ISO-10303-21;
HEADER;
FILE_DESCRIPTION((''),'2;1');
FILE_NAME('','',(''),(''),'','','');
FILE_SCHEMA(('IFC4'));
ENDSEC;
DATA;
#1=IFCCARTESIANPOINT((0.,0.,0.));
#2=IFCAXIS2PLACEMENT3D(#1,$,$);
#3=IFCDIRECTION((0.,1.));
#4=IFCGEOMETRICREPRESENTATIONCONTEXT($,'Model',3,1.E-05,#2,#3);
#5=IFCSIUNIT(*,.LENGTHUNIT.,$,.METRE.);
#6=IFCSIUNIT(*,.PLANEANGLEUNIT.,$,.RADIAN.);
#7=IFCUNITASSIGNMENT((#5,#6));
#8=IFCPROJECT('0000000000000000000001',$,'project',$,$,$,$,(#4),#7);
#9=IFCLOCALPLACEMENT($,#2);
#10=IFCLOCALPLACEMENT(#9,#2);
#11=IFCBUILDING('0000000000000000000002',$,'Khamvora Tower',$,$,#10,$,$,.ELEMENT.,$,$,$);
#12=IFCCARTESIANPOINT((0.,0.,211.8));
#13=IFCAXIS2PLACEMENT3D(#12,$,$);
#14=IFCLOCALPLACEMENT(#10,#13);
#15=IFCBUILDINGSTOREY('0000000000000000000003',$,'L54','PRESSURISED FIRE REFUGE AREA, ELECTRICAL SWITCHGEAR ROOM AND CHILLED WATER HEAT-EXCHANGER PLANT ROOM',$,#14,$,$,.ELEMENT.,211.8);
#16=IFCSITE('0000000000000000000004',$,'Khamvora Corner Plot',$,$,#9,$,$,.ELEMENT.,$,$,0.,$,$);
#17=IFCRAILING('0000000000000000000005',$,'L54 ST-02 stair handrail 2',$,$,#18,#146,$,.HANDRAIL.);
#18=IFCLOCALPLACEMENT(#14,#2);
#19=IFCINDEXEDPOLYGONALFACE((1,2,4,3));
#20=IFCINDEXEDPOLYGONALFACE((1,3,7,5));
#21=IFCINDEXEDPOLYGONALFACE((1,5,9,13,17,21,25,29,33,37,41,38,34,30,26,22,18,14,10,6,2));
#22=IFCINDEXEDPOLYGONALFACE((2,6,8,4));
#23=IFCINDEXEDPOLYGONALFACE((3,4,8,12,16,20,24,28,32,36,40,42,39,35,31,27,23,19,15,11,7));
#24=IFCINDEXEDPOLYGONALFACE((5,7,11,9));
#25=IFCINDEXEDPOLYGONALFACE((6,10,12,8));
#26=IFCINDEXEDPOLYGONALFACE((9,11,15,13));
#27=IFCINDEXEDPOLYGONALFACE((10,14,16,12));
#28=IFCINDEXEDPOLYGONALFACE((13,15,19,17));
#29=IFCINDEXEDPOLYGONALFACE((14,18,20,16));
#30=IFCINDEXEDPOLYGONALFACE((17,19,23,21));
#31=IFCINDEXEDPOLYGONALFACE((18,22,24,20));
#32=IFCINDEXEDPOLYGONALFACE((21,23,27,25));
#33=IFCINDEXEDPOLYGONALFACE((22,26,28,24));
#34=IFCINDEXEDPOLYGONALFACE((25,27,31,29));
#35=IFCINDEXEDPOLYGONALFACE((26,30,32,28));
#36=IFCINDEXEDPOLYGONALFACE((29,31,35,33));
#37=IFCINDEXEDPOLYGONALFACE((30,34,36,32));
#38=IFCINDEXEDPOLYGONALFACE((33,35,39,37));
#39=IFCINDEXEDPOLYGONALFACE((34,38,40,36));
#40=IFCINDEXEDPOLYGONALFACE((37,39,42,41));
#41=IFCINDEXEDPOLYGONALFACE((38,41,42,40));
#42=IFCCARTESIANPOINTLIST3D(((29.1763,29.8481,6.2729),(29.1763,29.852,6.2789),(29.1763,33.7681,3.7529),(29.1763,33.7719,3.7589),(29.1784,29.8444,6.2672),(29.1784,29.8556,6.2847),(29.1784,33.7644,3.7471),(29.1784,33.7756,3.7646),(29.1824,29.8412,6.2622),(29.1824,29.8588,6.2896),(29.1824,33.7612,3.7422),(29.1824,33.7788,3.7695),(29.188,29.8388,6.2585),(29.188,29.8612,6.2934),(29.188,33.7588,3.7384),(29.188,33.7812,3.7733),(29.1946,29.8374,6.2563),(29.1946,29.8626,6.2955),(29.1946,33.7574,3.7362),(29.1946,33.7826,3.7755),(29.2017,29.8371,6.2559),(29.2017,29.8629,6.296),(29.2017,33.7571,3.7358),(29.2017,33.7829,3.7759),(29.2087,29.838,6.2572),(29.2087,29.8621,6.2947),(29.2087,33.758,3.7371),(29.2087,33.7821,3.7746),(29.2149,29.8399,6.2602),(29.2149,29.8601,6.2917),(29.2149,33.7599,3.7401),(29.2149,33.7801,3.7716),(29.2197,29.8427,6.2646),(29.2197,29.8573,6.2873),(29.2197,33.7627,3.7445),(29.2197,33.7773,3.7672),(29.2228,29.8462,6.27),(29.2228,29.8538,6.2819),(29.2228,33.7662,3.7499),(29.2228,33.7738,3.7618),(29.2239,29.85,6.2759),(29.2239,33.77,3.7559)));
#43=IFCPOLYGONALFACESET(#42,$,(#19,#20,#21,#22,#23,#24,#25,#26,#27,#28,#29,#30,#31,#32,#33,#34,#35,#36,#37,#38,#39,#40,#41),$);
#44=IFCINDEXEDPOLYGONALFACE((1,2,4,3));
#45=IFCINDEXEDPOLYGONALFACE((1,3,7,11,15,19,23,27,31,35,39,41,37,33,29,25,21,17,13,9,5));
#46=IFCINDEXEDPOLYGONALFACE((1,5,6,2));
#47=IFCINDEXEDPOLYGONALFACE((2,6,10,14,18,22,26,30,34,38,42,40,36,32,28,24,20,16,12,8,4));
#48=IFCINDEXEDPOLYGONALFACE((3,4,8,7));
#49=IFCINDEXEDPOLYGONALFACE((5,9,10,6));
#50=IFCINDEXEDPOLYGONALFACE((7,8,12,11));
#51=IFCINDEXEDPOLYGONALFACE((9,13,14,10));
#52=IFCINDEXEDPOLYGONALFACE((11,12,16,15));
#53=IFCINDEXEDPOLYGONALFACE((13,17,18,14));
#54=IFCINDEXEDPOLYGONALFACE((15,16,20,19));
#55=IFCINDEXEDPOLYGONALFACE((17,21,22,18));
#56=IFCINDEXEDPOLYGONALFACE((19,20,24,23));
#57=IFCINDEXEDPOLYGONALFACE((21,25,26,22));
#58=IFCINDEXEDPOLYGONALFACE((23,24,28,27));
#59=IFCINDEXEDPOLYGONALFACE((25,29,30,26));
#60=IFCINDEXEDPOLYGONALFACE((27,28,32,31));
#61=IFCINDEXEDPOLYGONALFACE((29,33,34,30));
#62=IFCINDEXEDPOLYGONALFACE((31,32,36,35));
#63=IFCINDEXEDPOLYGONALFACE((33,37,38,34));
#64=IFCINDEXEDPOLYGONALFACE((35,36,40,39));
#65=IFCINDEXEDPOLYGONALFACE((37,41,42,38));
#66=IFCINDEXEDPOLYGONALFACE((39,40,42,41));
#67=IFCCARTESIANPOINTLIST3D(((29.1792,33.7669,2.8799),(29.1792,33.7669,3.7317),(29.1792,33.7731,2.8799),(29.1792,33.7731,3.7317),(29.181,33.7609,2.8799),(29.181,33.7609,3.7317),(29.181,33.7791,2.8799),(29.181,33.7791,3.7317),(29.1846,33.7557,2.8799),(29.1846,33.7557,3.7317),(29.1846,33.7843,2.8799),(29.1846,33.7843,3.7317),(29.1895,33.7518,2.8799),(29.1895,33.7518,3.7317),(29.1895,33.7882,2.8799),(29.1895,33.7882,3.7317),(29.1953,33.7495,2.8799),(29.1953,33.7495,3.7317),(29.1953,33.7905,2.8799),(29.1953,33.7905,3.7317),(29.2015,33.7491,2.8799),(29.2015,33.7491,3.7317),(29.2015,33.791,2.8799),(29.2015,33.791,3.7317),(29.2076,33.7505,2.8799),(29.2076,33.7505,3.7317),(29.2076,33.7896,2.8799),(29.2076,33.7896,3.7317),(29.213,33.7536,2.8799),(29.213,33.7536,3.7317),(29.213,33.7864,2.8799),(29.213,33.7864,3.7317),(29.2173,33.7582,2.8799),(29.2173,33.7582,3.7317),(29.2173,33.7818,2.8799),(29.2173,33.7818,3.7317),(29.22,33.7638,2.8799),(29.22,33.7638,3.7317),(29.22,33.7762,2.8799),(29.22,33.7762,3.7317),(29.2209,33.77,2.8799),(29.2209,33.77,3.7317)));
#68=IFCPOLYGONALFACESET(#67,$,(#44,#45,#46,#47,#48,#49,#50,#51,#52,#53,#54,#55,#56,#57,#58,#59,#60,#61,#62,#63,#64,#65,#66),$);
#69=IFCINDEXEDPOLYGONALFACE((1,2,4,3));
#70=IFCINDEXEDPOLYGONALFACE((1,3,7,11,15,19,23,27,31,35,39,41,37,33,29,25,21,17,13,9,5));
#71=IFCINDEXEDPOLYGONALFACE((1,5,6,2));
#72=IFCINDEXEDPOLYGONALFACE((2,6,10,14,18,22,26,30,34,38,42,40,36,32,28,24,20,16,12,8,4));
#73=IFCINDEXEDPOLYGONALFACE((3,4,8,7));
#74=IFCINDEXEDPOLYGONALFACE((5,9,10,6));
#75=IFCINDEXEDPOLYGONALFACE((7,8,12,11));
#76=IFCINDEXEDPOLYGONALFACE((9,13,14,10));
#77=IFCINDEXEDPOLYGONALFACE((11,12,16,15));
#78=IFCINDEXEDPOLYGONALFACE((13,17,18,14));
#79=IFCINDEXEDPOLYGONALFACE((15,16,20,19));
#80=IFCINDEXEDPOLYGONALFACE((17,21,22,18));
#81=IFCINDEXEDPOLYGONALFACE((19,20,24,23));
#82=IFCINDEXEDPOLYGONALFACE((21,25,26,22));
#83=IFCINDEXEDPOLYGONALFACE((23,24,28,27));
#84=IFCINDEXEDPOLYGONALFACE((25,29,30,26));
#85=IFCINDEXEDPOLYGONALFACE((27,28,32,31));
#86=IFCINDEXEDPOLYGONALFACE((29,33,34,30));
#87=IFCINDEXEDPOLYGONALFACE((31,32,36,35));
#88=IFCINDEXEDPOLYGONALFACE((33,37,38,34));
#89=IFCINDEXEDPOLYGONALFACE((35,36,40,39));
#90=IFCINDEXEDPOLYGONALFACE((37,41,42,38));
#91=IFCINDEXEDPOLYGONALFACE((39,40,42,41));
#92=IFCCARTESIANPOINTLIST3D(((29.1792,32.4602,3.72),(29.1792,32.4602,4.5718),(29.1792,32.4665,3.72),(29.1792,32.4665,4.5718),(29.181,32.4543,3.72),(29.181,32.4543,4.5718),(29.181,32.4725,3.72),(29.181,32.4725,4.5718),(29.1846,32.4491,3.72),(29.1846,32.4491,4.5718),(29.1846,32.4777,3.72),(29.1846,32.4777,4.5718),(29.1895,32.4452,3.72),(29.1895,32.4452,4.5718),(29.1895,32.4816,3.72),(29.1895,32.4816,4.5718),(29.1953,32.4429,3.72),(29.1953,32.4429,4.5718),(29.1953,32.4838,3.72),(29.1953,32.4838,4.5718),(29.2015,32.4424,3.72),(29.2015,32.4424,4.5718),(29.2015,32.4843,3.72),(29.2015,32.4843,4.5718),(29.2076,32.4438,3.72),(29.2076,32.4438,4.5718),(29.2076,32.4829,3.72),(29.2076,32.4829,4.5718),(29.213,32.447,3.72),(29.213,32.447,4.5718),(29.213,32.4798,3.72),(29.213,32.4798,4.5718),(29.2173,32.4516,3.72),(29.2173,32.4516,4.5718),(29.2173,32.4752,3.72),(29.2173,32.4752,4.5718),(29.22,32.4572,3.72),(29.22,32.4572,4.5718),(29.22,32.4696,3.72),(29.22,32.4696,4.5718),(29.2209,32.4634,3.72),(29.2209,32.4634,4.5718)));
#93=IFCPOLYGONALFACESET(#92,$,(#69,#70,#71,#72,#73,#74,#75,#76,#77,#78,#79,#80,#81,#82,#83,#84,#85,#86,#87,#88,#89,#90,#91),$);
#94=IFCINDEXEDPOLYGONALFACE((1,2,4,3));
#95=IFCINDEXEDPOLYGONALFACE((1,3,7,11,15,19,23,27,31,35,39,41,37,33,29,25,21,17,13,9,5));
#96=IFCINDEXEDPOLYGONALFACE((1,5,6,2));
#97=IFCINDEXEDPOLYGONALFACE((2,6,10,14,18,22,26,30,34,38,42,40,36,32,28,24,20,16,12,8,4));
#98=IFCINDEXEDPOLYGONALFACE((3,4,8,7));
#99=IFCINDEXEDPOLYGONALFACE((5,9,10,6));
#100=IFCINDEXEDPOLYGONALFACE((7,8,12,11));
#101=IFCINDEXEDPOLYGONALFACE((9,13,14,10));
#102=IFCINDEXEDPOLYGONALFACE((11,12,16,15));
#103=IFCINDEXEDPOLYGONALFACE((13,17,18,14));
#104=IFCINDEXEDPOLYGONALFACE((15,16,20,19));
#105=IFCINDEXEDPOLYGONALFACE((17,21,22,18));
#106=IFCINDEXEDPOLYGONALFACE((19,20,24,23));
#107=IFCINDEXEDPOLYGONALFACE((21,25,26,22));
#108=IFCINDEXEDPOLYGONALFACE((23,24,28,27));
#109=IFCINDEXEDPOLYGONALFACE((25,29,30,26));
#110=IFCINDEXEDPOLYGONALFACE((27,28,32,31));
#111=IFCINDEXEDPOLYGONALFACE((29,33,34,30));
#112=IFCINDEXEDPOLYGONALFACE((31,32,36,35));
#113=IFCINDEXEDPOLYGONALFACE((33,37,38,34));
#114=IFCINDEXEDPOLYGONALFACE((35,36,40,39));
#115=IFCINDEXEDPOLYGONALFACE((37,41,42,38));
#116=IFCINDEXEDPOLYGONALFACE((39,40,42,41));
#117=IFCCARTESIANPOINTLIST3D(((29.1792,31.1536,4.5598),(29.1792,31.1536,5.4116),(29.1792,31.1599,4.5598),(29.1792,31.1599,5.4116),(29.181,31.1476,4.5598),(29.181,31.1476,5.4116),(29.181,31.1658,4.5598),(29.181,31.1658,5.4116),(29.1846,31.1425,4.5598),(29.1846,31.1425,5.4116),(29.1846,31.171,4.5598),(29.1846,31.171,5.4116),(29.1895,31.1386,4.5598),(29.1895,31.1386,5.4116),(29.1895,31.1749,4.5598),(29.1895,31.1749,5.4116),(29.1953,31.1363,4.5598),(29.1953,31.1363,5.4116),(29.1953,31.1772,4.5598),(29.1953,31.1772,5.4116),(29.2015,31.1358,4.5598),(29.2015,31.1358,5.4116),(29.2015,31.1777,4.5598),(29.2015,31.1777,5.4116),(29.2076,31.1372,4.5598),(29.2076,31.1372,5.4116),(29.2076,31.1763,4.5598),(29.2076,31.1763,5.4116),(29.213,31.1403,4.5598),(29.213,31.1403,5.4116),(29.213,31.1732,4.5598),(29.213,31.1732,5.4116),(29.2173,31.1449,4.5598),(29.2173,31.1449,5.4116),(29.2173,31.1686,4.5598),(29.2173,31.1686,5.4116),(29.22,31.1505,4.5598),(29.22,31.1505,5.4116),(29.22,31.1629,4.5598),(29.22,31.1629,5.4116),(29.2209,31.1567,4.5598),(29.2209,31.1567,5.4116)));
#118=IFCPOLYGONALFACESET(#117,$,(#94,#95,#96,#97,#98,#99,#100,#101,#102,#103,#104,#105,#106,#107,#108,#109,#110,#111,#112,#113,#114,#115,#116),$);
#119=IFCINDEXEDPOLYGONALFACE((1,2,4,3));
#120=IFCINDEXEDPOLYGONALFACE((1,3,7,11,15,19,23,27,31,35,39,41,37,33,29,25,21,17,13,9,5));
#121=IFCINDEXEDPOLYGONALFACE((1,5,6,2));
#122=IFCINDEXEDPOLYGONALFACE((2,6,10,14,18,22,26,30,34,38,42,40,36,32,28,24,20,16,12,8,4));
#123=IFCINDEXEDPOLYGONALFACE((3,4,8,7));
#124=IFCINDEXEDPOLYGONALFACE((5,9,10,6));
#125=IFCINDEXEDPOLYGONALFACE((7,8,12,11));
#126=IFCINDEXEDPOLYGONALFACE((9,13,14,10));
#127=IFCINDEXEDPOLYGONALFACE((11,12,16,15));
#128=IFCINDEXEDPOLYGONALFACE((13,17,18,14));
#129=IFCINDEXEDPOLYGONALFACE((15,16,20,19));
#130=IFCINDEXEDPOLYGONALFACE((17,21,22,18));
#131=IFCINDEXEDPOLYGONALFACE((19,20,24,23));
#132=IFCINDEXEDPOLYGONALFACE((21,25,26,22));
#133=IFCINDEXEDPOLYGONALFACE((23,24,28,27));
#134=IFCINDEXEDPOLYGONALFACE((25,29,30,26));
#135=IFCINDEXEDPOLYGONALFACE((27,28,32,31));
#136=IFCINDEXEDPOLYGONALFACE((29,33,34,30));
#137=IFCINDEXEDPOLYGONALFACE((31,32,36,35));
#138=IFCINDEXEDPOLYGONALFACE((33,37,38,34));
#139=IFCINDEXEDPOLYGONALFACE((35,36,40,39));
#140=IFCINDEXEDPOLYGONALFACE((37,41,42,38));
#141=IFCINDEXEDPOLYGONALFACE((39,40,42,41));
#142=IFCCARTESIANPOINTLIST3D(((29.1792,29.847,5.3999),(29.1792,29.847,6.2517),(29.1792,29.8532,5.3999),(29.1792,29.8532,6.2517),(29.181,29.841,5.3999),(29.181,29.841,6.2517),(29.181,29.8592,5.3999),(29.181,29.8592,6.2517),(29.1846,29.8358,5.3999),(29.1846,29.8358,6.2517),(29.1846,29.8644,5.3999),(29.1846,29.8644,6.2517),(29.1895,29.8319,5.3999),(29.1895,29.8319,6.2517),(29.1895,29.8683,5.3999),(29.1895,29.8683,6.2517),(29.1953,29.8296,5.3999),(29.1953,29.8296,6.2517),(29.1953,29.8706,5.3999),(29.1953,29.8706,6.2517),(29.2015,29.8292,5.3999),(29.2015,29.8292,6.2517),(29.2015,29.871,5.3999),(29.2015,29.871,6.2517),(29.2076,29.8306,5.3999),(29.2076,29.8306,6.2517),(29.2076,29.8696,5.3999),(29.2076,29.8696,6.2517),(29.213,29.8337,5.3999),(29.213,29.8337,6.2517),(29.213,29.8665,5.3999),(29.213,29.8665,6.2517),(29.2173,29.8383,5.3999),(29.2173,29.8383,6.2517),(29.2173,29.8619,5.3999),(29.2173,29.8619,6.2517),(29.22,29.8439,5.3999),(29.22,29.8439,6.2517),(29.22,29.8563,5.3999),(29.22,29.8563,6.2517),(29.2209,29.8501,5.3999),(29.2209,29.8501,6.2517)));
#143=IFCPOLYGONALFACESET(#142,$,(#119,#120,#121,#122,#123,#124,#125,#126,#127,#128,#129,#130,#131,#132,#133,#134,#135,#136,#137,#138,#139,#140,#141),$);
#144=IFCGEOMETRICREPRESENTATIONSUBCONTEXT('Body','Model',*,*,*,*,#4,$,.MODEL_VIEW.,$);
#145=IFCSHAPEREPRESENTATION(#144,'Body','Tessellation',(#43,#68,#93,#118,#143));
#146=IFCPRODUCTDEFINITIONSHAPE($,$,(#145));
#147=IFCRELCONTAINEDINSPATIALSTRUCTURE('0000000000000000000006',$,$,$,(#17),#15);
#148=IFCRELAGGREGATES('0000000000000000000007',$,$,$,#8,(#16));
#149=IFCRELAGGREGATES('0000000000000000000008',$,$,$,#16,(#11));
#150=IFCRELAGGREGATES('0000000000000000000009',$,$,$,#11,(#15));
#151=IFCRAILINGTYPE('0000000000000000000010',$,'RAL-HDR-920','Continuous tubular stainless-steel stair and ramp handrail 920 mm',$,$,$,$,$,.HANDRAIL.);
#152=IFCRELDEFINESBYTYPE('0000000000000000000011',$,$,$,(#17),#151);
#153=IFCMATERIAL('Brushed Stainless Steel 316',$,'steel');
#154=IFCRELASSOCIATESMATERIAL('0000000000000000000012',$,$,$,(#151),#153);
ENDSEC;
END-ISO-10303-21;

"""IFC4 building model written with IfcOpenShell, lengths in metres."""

from ifc_helpers import new_model, si_unit, direction, frame, origin, origin_2d, place, context, subcontext, project, spatial, circle, extrude, material, type_object, element, save


model = new_model("IFC4")

# Units and contexts
model_context = context("Model", 3, precision=1e-05, world=origin(), true_north=direction((0.0, 1.0)))
body_context = subcontext(model_context, "Body", "Model", "MODEL_VIEW")
ifc_project = project(units=[si_unit("LENGTHUNIT", "METRE"), si_unit("PLANEANGLEUNIT", "RADIAN")], contexts=[model_context])

# Site, building, storey
site_placement = place(None, origin())
site = spatial("IfcSite", under=ifc_project, at=site_placement, Name="Khamvora Corner Plot", CompositionType="ELEMENT", RefElevation=0.0)
building_placement = place(site_placement, origin())
building = spatial("IfcBuilding", under=site, at=building_placement, Name="Khamvora Tower", CompositionType="ELEMENT")
storey_placement = place(building_placement, frame((0.0, 0.0, 211.8)))
storey = spatial("IfcBuildingStorey", under=building, at=storey_placement, Name="L54", Description="PRESSURISED FIRE REFUGE AREA, ELECTRICAL SWITCHGEAR ROOM AND CHILLED WATER HEAT-EXCHANGER PLANT ROOM", CompositionType="ELEMENT", Elevation=211.8)

# Railing
ifc_material_1 = material(Name="Brushed Stainless Steel 316", Category="steel")
railing_type_1 = type_object("IfcRailingType", Name="RAL-HDR-920", Description="Continuous tubular stainless-steel stair and ramp handrail 920 mm", PredefinedType="HANDRAIL", material=ifc_material_1)
railing_1_placement = place(storey_placement, frame((29.2, 33.77, 2.8799)))
element("IfcRailing", 1, at=railing_1_placement, inside=storey, type_object=railing_type_1, Name="L54 ST-02 stair handrail 2", PredefinedType="HANDRAIL", context=body_context, shape_type="SweptSolid", body=[
    extrude(circle(Radius=0.0239, at=origin_2d()), frame((0.0, 0.0, 0.876), z_axis=(0.0, -0.841172, 0.540768), x_axis=(1.0, 0.0, 0.0)), (0.0, 0.0, 1.0), 4.6602),
    extrude(circle(Radius=0.021, at=origin_2d()), origin(), (0.0, 0.0, 1.0), 0.8518),
    extrude(circle(Radius=0.021, at=origin_2d()), frame((0.0, -1.3066, 0.8401)), (0.0, 0.0, 1.0), 0.8518),
    extrude(circle(Radius=0.021, at=origin_2d()), frame((0.0, -2.6133, 1.6799)), (0.0, 0.0, 1.0), 0.8518),
    extrude(circle(Radius=0.021, at=origin_2d()), frame((0.0, -3.9199, 2.52)), (0.0, 0.0, 1.0), 0.8518),
])

save(model, "model.ifc")
